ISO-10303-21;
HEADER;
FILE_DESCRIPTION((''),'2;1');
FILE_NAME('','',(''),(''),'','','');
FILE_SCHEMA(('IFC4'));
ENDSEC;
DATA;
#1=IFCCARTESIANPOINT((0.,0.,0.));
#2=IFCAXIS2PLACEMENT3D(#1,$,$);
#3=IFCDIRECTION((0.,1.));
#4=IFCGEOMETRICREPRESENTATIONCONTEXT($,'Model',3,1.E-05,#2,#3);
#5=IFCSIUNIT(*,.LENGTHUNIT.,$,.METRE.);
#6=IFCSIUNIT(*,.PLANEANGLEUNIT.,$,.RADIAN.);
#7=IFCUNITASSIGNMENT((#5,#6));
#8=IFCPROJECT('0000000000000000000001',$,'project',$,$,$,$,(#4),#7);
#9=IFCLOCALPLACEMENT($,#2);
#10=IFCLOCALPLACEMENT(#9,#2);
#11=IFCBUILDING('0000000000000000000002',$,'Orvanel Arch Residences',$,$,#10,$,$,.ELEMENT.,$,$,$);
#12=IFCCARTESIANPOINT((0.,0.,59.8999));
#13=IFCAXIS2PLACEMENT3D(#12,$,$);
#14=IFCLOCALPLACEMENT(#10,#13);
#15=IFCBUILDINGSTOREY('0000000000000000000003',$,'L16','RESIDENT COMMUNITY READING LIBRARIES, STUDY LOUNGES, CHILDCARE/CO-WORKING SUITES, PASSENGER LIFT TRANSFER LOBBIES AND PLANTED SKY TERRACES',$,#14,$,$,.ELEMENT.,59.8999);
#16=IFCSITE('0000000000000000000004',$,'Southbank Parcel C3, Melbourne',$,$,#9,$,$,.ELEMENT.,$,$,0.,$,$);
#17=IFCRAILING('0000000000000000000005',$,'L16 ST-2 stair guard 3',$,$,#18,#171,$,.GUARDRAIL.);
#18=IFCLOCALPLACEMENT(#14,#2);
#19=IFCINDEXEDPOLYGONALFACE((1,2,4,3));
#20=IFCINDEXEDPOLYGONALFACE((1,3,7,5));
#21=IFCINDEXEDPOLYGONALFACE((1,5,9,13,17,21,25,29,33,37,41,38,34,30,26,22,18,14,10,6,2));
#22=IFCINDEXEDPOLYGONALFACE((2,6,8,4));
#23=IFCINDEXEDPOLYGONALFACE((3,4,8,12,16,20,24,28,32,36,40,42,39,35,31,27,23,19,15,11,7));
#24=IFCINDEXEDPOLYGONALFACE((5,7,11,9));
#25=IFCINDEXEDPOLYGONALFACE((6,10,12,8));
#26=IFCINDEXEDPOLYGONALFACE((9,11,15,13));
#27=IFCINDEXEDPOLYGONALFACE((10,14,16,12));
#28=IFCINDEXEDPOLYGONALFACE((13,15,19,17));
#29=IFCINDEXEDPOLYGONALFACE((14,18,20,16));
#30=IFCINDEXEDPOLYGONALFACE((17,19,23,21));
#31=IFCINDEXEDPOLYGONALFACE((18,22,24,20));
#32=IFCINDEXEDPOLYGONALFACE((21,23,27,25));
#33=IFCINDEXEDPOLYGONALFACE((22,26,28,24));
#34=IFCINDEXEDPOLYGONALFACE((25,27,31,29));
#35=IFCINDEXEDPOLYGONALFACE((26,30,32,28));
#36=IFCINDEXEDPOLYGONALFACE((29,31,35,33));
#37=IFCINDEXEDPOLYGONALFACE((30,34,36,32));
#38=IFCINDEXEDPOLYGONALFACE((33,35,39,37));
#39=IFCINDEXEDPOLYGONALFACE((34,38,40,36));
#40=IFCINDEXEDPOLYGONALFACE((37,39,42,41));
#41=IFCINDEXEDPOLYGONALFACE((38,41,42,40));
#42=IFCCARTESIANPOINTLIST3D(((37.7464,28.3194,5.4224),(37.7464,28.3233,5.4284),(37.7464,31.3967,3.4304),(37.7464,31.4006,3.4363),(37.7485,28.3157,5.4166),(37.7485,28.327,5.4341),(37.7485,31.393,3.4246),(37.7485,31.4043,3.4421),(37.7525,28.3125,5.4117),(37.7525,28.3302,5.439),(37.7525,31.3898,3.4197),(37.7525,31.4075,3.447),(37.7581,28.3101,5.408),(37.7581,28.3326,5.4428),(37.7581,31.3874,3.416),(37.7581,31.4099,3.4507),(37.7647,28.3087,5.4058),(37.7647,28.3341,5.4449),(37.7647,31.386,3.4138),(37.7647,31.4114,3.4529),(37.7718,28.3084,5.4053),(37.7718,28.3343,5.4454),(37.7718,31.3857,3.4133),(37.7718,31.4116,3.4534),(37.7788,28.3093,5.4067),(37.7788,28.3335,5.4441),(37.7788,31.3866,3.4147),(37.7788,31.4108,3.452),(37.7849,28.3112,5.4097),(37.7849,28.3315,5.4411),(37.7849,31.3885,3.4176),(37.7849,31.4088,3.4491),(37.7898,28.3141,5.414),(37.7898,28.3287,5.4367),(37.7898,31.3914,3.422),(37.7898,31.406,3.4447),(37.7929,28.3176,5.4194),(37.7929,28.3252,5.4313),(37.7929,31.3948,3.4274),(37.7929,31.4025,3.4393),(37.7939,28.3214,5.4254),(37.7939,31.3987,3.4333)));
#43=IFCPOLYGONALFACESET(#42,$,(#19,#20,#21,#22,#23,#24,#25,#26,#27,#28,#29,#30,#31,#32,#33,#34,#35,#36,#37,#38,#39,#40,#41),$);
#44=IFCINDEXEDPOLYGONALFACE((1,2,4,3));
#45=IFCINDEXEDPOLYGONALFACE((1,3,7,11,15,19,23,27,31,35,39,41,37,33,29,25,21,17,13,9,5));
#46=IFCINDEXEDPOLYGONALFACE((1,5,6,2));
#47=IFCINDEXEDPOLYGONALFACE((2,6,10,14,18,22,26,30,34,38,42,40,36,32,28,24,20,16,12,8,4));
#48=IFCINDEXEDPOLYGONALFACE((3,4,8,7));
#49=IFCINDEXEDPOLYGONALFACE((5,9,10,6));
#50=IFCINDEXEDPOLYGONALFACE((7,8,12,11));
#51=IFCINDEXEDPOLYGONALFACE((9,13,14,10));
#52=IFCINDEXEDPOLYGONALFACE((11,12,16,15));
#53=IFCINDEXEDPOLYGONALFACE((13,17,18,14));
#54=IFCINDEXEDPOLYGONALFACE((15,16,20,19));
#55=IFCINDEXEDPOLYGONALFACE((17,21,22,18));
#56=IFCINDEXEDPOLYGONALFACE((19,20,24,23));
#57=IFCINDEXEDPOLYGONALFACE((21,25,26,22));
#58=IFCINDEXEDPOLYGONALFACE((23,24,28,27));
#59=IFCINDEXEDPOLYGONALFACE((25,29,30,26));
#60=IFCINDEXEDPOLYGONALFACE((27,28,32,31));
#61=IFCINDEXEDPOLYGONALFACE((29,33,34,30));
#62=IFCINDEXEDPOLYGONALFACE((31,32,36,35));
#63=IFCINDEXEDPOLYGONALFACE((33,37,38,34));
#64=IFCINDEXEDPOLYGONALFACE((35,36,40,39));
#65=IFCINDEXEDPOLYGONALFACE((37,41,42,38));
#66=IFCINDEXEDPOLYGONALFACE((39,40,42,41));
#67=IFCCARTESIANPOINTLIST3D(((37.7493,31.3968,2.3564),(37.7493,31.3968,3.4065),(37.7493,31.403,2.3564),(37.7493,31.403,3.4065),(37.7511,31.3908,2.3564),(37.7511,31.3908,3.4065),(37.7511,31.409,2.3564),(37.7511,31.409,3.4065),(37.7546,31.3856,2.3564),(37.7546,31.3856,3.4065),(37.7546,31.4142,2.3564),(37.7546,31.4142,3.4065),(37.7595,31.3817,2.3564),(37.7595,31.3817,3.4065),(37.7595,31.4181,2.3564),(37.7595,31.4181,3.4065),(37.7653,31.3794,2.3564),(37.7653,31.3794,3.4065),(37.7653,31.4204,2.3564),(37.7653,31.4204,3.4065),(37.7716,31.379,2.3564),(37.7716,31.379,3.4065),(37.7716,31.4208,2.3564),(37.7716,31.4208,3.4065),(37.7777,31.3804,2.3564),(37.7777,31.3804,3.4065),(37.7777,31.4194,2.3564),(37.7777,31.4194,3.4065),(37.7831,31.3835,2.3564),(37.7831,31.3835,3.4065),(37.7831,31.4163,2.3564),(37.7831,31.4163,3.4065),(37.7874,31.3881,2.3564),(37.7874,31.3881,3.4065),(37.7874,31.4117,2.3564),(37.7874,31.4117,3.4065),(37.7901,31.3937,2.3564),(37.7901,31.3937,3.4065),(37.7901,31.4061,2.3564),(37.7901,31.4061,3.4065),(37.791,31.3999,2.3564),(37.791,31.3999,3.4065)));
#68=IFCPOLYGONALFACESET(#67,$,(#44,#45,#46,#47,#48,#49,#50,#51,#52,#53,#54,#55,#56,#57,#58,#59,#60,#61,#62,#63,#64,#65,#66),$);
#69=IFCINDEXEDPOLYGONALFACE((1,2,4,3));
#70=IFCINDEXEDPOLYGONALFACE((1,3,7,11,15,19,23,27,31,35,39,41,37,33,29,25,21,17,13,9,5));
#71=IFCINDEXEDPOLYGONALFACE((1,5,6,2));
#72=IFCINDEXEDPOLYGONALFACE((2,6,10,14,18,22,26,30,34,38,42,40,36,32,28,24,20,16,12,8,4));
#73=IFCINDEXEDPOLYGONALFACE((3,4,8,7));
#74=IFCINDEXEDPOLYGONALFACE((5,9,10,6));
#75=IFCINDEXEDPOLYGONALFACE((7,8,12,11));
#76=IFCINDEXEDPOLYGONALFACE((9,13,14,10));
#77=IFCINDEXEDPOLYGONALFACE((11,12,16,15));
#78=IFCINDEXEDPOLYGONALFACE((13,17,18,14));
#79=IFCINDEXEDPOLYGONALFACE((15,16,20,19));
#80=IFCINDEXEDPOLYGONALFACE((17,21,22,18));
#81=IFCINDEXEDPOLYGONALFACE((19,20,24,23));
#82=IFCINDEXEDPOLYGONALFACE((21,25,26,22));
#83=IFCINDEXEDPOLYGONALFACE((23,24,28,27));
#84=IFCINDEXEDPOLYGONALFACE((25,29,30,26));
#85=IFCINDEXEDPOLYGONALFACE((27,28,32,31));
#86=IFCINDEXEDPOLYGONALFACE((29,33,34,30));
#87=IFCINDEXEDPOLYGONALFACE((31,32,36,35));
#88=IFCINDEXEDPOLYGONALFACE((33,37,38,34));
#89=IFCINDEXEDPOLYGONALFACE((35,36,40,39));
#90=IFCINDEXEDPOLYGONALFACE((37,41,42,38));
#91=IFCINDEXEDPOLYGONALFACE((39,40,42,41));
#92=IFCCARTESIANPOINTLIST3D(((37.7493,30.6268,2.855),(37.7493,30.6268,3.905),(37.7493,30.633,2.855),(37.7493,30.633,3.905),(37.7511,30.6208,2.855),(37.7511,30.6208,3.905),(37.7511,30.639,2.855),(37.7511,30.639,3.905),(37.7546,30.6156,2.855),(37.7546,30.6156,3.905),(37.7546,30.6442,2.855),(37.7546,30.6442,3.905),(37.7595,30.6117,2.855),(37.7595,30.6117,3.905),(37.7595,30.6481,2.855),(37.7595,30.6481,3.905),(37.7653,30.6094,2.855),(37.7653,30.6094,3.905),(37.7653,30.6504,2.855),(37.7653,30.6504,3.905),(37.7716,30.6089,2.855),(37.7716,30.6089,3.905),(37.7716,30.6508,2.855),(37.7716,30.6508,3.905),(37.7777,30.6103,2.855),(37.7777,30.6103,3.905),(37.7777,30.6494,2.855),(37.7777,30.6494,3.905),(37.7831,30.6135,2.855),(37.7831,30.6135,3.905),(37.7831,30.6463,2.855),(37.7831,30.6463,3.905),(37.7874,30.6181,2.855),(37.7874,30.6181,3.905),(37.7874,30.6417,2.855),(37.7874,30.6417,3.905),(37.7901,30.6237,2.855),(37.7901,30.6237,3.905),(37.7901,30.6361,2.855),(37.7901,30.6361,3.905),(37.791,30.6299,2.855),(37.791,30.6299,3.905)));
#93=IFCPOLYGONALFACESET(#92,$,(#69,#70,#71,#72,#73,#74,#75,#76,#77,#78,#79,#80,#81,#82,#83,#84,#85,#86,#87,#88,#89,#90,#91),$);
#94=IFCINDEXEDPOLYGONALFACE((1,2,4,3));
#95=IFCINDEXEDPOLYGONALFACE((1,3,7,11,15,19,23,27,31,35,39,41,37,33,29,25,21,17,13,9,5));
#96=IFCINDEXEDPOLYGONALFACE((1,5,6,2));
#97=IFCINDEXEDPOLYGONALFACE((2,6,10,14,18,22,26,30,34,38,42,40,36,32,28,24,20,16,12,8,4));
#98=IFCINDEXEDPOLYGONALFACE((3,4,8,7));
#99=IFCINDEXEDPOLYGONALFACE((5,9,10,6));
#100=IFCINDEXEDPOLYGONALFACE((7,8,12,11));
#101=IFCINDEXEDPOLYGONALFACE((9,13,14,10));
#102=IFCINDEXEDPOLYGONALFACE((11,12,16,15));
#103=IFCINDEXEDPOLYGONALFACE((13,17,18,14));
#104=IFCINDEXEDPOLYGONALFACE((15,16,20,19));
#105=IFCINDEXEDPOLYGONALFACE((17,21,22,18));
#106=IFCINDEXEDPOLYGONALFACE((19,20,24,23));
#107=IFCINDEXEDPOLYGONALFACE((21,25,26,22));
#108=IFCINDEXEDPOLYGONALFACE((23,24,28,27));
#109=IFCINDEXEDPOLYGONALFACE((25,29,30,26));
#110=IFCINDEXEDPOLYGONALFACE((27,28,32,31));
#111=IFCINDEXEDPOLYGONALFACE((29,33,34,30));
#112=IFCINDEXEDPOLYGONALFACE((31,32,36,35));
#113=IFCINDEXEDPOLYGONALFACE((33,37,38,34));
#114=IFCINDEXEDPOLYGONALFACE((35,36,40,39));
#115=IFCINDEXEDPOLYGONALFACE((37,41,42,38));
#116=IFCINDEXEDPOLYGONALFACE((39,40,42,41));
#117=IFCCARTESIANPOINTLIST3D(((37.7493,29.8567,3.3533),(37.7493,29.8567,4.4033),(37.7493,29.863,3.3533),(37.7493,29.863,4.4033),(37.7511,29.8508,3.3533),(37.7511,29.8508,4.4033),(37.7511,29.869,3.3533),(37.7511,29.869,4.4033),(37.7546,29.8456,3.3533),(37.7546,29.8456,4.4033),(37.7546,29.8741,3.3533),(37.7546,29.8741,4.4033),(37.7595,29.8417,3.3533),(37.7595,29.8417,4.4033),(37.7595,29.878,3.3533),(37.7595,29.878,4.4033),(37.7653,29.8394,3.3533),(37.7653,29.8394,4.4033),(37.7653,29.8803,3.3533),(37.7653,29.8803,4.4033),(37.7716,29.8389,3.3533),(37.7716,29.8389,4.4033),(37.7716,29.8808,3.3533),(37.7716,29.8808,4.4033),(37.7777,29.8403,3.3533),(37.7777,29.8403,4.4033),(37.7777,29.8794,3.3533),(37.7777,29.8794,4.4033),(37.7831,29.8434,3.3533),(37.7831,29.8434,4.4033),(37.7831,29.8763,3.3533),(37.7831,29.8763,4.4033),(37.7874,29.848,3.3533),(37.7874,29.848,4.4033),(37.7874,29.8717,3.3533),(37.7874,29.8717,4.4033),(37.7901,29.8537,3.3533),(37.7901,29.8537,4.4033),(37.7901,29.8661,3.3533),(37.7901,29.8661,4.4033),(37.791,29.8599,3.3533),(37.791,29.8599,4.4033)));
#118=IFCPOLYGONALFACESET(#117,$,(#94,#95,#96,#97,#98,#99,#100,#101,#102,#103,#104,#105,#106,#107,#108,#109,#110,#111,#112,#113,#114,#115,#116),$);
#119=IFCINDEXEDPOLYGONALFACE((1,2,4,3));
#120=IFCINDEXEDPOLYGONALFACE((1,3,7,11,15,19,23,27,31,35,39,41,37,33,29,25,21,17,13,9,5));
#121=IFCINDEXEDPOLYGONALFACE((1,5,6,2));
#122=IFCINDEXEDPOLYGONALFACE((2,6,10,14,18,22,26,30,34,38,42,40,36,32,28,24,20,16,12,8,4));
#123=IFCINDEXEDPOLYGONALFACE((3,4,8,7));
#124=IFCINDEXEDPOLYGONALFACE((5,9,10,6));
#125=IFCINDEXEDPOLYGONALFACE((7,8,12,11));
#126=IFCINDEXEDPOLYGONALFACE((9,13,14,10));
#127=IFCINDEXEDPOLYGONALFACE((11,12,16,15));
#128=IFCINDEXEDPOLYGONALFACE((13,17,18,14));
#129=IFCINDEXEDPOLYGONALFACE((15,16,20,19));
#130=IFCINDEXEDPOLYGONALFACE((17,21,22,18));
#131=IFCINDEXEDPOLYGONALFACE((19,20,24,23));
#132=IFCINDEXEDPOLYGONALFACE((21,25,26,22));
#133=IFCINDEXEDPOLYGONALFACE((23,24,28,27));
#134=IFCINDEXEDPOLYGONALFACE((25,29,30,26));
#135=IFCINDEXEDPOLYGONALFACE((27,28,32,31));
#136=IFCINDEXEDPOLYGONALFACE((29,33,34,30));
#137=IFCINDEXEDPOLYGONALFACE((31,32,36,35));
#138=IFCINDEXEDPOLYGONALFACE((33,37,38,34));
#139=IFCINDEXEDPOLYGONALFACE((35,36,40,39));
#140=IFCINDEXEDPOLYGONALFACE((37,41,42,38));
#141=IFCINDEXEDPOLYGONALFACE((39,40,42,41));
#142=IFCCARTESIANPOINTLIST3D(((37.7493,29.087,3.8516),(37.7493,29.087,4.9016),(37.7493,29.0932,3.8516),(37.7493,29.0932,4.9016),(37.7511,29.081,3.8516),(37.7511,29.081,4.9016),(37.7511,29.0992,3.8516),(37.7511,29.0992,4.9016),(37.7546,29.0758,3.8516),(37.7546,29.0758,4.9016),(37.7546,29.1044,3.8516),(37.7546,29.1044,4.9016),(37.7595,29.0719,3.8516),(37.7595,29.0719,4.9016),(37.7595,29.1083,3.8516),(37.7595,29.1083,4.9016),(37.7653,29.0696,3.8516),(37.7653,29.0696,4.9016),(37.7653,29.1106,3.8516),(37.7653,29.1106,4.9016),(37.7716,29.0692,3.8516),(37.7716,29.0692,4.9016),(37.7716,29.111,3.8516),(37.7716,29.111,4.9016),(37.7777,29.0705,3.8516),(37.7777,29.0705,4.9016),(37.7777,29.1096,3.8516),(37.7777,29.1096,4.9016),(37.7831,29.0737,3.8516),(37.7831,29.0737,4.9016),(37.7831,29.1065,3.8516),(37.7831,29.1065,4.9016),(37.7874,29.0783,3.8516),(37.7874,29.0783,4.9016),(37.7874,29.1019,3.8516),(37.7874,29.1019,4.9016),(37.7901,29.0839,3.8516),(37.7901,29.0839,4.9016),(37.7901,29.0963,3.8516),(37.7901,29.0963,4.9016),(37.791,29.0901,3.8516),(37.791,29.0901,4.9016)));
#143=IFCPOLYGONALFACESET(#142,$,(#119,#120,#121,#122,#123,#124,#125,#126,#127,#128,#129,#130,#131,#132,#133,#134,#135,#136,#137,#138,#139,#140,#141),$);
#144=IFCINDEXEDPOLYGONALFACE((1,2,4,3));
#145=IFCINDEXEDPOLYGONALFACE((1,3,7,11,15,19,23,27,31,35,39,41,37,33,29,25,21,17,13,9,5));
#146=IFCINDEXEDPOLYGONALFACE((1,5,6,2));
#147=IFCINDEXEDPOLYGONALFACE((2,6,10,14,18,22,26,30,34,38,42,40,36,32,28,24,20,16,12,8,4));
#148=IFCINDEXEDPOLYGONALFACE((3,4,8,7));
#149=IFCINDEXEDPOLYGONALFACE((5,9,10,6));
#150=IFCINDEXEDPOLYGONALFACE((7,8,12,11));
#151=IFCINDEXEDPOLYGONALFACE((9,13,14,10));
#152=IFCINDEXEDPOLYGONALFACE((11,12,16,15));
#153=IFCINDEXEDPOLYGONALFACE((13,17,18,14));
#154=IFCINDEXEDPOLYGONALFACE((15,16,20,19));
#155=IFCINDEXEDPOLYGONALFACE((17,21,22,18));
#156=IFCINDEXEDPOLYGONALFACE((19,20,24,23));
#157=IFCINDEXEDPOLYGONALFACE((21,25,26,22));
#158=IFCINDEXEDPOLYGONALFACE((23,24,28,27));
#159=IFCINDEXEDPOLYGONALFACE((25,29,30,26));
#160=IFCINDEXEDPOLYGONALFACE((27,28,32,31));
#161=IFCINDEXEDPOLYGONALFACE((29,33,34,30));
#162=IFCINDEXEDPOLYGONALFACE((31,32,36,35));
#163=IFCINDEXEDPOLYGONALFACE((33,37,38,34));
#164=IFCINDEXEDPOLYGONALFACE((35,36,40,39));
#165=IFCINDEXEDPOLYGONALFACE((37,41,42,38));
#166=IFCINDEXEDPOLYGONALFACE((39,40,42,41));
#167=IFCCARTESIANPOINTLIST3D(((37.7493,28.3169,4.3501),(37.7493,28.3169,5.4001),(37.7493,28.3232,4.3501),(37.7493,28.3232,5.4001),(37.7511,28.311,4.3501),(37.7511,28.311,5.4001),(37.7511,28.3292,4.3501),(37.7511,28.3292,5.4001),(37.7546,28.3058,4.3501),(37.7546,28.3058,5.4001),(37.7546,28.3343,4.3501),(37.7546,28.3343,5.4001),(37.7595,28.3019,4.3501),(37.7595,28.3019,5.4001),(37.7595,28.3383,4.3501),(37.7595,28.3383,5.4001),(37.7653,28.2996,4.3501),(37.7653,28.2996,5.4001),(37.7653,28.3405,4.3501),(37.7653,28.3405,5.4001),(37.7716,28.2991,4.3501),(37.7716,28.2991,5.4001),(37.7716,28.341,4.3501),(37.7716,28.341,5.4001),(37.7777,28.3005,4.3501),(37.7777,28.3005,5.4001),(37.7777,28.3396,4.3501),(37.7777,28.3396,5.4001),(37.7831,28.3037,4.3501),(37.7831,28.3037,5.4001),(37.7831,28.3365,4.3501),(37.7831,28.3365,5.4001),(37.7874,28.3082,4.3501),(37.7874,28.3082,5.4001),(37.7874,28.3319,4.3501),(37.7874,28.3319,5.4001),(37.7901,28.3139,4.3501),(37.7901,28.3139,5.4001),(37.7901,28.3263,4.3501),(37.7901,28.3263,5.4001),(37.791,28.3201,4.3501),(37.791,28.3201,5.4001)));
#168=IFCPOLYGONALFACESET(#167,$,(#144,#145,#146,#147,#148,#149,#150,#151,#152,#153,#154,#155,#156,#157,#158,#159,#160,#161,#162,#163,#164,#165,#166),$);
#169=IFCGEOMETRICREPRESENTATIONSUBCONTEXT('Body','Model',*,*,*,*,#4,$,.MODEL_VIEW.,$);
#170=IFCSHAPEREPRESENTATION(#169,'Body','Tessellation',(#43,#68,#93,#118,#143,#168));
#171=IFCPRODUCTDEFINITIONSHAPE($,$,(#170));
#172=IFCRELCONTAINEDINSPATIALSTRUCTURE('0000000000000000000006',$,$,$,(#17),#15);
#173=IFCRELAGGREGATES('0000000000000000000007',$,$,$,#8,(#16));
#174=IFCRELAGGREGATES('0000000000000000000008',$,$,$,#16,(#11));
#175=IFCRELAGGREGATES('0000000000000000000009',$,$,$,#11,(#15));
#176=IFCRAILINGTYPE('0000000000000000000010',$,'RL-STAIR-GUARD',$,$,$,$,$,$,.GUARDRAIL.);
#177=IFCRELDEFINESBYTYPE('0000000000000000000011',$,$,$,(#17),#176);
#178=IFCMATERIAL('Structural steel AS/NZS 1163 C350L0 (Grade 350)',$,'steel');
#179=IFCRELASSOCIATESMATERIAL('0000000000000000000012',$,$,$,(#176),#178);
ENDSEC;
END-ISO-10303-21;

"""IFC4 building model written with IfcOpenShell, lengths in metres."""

from ifc_helpers import new_model, si_unit, direction, frame, origin, origin_2d, place, context, subcontext, project, spatial, circle, extrude, material, type_object, element, save


model = new_model("IFC4")

# Units and contexts
model_context = context("Model", 3, precision=1e-05, world=origin(), true_north=direction((0.0, 1.0)))
body_context = subcontext(model_context, "Body", "Model", "MODEL_VIEW")
ifc_project = project(units=[si_unit("LENGTHUNIT", "METRE"), si_unit("PLANEANGLEUNIT", "RADIAN")], contexts=[model_context])

# Site, building, storey
site_placement = place(None, origin())
site = spatial("IfcSite", under=ifc_project, at=site_placement, Name="Southbank Parcel C3, Melbourne", CompositionType="ELEMENT", RefElevation=0.0)
building_placement = place(site_placement, origin())
building = spatial("IfcBuilding", under=site, at=building_placement, Name="Orvanel Arch Residences", CompositionType="ELEMENT")
storey_placement = place(building_placement, frame((0.0, 0.0, 59.8999)))
storey = spatial("IfcBuildingStorey", under=building, at=storey_placement, Name="L16", Description="RESIDENT COMMUNITY READING LIBRARIES, STUDY LOUNGES, CHILDCARE/CO-WORKING SUITES, PASSENGER LIFT TRANSFER LOBBIES AND PLANTED SKY TERRACES", CompositionType="ELEMENT", Elevation=59.8999)

# Railing
ifc_material_1 = material(Name="Structural steel AS/NZS 1163 C350L0 (Grade 350)", Category="steel")
railing_type_1 = type_object("IfcRailingType", Name="RL-STAIR-GUARD", PredefinedType="GUARDRAIL", material=ifc_material_1)
railing_1_placement = place(storey_placement, frame((37.77, 31.3999, 2.3564)))
element("IfcRailing", 1, at=railing_1_placement, inside=storey, type_object=railing_type_1, Name="L16 ST-2 stair guard 3", PredefinedType="GUARDRAIL", context=body_context, shape_type="SweptSolid", body=[
    extrude(circle(Radius=0.0239, at=origin_2d()), frame((0.0, -0.0012, 1.0769), z_axis=(0.0, -0.839468, 0.543409), x_axis=(1.0, 0.0, 0.0)), (0.0, 0.0, 1.0), 3.6658),
    extrude(circle(Radius=0.021, at=origin_2d()), origin(), (0.0, 0.0, 1.0), 1.05),
    extrude(circle(Radius=0.021, at=origin_2d()), frame((0.0, -0.77, 0.4985)), (0.0, 0.0, 1.0), 1.05),
    extrude(circle(Radius=0.021, at=origin_2d()), frame((0.0, -1.54, 0.9968)), (0.0, 0.0, 1.0), 1.05),
    extrude(circle(Radius=0.021, at=origin_2d()), frame((0.0, -2.3098, 1.4951)), (0.0, 0.0, 1.0), 1.05),
    extrude(circle(Radius=0.021, at=origin_2d()), frame((0.0, -3.0798, 1.9937)), (0.0, 0.0, 1.0), 1.05),
])

save(model, "model.ifc")
